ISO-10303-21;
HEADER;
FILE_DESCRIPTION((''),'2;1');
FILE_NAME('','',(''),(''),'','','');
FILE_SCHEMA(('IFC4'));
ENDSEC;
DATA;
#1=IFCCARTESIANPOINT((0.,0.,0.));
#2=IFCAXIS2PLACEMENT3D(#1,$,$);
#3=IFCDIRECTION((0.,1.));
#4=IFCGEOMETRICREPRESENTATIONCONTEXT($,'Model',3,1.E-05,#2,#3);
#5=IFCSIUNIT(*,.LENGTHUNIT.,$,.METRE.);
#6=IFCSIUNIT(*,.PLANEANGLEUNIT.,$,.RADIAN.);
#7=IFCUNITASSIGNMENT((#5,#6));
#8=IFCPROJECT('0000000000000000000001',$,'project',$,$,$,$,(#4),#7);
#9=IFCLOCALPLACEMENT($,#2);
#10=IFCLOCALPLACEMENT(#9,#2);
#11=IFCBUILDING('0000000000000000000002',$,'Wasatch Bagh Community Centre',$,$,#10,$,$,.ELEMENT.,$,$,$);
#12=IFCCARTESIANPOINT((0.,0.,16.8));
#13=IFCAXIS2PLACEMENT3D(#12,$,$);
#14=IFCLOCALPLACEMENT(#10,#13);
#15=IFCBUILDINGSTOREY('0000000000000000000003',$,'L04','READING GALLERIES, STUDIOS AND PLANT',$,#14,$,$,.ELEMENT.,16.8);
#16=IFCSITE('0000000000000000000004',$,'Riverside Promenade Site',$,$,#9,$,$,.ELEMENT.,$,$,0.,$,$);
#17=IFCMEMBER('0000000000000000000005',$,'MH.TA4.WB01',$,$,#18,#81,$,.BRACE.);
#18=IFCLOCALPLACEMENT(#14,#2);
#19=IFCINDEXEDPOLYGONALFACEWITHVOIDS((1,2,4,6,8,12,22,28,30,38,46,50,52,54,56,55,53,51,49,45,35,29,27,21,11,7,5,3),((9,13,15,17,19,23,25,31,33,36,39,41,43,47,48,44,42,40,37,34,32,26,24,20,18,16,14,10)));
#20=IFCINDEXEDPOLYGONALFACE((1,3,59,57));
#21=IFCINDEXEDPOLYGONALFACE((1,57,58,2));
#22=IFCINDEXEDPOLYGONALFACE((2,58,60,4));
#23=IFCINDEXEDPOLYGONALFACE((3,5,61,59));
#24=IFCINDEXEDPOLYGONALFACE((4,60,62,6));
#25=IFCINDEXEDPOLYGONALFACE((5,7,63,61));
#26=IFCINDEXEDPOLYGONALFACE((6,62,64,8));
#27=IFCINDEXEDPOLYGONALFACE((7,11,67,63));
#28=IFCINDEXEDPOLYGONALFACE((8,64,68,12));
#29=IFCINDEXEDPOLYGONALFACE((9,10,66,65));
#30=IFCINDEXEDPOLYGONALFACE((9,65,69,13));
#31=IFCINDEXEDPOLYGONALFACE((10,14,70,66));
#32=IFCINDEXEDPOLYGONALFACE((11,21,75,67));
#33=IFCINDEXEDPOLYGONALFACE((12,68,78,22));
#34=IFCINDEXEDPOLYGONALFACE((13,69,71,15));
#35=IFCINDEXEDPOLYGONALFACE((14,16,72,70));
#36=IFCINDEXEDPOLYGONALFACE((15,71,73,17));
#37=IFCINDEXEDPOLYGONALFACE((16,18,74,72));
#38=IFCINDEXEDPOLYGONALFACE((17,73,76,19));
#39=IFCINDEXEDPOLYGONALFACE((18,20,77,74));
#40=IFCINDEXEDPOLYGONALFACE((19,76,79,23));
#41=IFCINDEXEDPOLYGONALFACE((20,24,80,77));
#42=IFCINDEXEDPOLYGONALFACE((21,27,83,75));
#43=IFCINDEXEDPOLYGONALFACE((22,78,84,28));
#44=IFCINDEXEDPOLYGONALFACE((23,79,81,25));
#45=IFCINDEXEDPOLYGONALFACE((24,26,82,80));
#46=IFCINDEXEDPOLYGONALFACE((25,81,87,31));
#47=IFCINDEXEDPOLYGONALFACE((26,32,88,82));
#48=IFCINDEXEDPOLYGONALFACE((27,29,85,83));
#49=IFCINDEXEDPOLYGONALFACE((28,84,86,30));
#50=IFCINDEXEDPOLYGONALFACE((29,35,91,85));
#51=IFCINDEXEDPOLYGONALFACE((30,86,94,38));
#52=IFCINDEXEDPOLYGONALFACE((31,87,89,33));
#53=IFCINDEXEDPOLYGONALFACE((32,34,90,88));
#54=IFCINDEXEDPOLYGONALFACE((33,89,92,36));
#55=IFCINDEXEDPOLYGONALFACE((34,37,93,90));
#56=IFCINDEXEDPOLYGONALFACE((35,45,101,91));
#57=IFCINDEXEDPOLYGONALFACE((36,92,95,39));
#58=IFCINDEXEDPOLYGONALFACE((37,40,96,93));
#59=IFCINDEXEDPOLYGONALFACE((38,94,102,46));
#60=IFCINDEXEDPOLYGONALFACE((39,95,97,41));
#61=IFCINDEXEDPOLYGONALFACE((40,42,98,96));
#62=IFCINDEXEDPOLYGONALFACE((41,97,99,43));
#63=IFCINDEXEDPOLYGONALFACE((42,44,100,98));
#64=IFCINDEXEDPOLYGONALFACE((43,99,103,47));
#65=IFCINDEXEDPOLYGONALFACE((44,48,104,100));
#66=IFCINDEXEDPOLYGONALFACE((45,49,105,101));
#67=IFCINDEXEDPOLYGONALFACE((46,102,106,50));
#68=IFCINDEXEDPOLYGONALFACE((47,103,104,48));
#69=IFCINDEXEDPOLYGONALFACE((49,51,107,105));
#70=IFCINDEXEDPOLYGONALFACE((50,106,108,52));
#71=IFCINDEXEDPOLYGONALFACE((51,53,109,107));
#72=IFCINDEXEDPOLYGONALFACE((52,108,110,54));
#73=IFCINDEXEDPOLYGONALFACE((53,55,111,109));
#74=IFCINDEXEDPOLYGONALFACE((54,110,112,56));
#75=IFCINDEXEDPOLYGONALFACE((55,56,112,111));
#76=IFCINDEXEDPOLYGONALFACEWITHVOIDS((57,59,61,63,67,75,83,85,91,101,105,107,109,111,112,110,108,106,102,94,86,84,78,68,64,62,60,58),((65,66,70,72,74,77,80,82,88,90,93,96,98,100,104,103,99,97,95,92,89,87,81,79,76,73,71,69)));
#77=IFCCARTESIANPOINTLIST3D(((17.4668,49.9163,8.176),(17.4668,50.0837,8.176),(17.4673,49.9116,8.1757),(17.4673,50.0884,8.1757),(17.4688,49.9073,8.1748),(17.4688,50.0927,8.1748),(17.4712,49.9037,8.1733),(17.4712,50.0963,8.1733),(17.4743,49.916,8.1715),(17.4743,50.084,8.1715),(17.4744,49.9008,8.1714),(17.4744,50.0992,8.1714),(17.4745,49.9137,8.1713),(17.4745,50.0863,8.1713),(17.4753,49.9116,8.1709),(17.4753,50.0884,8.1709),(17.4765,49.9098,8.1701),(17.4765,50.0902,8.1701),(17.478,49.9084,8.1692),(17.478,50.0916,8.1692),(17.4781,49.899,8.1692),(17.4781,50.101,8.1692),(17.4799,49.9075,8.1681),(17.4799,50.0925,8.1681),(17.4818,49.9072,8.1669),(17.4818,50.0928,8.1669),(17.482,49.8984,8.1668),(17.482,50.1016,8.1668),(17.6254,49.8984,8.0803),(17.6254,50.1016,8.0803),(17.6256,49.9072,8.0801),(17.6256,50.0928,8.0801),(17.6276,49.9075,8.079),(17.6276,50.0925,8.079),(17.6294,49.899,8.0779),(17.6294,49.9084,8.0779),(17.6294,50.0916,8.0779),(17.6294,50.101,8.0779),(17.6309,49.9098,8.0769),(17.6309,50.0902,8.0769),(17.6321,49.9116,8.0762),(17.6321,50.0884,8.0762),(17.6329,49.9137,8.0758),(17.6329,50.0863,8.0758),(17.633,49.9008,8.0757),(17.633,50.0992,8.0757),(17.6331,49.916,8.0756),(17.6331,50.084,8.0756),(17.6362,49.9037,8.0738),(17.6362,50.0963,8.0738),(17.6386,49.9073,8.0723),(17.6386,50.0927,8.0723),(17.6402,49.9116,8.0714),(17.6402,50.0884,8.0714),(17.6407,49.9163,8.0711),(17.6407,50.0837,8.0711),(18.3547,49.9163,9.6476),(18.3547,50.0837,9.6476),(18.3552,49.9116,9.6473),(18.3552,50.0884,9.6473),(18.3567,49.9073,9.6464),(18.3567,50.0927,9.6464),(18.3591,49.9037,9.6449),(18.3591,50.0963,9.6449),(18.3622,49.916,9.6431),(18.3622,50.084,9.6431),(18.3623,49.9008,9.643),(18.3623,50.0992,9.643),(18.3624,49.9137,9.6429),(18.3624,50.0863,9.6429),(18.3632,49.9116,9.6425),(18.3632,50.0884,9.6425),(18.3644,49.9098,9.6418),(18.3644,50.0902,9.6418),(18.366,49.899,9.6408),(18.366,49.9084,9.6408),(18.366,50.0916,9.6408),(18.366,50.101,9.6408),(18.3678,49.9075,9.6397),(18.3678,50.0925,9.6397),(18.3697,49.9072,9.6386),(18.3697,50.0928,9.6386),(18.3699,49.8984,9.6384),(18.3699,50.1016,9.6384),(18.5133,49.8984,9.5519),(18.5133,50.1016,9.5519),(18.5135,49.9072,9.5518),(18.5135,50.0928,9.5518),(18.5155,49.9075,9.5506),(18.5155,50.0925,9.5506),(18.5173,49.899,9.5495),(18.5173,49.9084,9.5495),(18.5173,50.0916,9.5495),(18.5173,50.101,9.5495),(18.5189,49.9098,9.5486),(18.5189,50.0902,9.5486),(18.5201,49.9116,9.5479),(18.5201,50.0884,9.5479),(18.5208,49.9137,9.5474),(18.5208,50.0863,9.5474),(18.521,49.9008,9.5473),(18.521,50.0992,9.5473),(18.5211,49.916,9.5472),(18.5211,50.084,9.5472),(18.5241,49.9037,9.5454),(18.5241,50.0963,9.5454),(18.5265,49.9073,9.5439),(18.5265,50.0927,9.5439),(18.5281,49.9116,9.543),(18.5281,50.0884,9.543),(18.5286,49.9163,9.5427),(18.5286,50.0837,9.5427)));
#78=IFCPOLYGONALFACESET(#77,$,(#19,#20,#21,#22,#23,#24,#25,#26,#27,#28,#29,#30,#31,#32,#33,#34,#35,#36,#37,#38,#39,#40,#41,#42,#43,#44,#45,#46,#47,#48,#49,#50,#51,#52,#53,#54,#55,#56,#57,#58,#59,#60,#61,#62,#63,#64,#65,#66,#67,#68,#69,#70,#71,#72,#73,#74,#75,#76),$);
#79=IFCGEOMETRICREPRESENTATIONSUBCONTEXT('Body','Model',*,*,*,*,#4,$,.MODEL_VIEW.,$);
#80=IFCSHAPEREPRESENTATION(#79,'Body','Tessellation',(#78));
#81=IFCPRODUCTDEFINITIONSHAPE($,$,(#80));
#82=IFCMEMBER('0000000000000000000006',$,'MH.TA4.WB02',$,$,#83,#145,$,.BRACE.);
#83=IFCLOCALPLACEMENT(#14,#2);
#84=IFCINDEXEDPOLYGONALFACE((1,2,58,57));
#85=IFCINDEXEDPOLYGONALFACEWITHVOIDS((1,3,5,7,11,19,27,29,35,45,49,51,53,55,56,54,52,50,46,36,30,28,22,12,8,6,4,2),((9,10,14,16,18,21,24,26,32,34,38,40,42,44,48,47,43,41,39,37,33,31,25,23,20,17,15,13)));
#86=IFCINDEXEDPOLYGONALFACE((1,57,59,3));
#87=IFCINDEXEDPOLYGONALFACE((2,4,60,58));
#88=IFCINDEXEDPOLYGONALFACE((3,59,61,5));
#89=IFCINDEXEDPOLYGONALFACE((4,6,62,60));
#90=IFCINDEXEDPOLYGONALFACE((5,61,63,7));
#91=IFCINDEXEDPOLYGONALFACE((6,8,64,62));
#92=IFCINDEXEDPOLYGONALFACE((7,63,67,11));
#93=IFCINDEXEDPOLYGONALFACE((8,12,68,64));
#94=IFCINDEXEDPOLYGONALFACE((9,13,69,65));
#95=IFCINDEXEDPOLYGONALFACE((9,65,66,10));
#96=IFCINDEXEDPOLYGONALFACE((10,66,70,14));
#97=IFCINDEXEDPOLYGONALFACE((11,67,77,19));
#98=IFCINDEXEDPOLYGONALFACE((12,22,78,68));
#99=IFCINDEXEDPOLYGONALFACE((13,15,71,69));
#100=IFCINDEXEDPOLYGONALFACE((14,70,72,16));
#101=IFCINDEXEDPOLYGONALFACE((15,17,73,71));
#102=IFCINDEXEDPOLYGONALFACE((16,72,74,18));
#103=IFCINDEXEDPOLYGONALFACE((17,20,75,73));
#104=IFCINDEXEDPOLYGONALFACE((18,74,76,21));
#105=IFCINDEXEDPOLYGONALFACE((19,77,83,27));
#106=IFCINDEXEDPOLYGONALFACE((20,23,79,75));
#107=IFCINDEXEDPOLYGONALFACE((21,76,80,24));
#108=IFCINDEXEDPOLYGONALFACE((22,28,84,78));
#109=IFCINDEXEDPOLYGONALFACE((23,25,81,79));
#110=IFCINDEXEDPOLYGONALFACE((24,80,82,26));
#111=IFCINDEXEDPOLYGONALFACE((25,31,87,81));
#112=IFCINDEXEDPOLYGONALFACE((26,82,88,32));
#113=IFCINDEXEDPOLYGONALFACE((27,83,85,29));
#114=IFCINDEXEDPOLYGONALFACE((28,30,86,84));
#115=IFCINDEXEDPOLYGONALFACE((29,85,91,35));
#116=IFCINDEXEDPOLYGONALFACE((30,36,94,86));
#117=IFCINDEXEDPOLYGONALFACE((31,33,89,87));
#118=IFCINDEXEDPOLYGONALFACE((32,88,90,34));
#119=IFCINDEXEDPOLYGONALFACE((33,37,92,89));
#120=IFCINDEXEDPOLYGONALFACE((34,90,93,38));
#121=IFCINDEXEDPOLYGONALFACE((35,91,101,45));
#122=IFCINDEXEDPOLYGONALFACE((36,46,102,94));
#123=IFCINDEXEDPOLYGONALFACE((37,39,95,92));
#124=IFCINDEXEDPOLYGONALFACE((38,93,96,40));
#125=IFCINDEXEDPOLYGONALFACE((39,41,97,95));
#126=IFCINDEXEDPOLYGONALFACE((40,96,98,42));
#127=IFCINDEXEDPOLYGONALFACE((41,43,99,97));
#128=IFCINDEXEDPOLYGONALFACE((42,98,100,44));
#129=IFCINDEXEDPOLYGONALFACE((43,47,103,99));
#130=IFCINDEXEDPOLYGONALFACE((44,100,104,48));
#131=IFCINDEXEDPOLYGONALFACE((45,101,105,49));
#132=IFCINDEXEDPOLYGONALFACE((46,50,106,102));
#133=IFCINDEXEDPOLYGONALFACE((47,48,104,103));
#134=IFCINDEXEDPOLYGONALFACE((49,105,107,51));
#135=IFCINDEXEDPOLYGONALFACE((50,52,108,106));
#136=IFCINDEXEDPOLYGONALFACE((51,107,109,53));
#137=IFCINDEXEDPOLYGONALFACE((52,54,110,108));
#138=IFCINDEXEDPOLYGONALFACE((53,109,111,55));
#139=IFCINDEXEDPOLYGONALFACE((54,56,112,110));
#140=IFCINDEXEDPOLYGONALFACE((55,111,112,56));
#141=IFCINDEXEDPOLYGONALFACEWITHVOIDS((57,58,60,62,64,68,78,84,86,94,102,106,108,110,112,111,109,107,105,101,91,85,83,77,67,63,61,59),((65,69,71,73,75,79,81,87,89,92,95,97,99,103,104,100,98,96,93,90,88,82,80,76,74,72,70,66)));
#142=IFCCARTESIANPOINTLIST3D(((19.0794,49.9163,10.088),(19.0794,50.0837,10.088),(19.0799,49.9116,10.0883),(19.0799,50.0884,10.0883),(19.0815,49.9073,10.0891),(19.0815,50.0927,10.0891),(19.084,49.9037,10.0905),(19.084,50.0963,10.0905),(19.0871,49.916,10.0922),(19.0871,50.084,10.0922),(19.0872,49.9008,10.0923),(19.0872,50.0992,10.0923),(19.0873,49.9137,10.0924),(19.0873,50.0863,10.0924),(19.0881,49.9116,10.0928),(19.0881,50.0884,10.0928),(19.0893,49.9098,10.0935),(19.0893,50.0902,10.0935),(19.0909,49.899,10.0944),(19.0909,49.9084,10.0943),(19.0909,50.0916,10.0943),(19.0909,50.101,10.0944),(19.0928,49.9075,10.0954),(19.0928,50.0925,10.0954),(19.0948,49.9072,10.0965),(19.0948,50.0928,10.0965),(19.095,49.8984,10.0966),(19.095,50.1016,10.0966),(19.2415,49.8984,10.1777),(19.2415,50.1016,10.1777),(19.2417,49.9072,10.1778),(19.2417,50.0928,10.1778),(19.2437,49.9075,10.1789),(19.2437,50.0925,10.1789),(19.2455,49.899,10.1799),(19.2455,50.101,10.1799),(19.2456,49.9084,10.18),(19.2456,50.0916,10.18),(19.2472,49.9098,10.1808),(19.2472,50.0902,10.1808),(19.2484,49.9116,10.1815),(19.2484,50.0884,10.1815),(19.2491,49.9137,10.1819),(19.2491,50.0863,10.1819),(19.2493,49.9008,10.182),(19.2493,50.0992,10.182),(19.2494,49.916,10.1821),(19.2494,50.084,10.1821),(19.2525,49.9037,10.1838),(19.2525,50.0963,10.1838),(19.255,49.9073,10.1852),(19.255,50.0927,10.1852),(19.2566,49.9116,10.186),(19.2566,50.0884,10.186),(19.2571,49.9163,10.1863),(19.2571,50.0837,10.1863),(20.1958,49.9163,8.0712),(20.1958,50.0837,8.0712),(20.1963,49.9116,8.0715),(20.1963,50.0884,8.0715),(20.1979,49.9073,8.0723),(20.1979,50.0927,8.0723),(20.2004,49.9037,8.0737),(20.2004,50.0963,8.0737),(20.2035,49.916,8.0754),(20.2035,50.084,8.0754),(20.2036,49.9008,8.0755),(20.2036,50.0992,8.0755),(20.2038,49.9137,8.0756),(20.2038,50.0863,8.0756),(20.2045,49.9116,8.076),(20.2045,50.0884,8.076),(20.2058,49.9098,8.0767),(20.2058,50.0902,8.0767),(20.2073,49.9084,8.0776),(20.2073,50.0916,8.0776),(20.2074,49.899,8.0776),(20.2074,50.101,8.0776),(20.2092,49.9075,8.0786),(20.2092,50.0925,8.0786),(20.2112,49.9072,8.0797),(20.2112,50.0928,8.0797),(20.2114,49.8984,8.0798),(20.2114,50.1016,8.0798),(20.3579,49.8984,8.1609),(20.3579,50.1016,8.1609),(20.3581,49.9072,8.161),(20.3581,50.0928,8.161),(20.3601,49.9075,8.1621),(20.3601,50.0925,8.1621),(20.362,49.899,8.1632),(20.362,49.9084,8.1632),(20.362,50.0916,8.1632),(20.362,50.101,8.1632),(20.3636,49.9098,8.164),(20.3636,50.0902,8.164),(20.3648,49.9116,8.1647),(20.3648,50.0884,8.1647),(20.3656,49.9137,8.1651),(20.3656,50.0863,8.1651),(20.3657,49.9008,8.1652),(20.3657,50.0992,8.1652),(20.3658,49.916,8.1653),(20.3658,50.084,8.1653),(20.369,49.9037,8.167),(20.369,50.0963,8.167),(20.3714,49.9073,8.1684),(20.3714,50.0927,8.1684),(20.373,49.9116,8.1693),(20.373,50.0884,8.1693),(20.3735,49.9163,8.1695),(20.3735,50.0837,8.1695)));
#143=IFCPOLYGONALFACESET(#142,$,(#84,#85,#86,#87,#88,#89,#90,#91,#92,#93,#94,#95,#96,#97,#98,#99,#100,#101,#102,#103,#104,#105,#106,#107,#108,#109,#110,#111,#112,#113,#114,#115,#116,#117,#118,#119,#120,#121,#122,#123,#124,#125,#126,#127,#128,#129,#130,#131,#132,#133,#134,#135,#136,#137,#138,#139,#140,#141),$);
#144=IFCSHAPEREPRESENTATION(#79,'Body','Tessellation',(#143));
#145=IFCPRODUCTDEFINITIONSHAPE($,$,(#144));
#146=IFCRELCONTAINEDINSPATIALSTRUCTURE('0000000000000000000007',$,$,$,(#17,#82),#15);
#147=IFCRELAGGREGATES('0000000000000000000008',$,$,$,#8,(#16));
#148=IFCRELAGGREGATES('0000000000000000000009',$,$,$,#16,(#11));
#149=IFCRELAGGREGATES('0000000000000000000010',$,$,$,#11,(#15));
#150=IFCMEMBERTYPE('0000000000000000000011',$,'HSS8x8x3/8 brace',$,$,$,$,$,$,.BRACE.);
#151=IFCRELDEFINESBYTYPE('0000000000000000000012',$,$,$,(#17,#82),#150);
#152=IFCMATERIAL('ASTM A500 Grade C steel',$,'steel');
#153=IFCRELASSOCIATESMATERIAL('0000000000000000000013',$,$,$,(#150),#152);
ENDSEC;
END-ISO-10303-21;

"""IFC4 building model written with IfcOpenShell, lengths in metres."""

from ifc_helpers import new_model, si_unit, direction, frame, origin, origin_2d, place, context, subcontext, project, spatial, hollow_rectangle, extrude, material, material_profile, profile_set, type_object, element, save


model = new_model("IFC4")

# Units and contexts
model_context = context("Model", 3, precision=1e-05, world=origin(), true_north=direction((0.0, 1.0)))
body_context = subcontext(model_context, "Body", "Model", "MODEL_VIEW")
ifc_project = project(units=[si_unit("LENGTHUNIT", "METRE"), si_unit("PLANEANGLEUNIT", "RADIAN")], contexts=[model_context])

# Site, building, storey
site_placement = place(None, origin())
site = spatial("IfcSite", under=ifc_project, at=site_placement, Name="Riverside Promenade Site", CompositionType="ELEMENT", RefElevation=0.0)
building_placement = place(site_placement, origin())
building = spatial("IfcBuilding", under=site, at=building_placement, Name="Wasatch Bagh Community Centre", CompositionType="ELEMENT")
storey_placement = place(building_placement, frame((0.0, 0.0, 16.8)))
storey = spatial("IfcBuildingStorey", under=building, at=storey_placement, Name="L04", Description="READING GALLERIES, STUDIOS AND PLANT", CompositionType="ELEMENT", Elevation=16.8)

# Members
ifc_material_1 = material(Name="ASTM A500 Grade C steel", Category="steel")
ifc_material_profile_1 = material_profile(ifc_material_1, hollow_rectangle(XDim=0.2031, YDim=0.2031, WallThickness=0.0088, InnerFilletRadius=0.0088, OuterFilletRadius=0.0178, at=origin_2d()), Name="HSS8x8x3/8")
ifc_profile_set_1 = profile_set([ifc_material_profile_1], Name="ASTM A500 Grade C steel")
member_type_1 = type_object("IfcMemberType", Name="HSS8x8x3/8 brace", PredefinedType="BRACE", material=ifc_profile_set_1)
member_1_placement = place(storey_placement, frame((17.5537, 50.0, 8.1235), z_axis=(0.516604, 0.0, 0.856224), x_axis=(0.0, 1.0, 0.0)))
element("IfcMember", 1, at=member_1_placement, inside=storey, type_object=member_type_1, Name="MH.TA4.WB01", PredefinedType="BRACE", context=body_context, shape_type="SweptSolid", body=[
    extrude(hollow_rectangle(XDim=0.2031, YDim=0.2031, WallThickness=0.0088, InnerFilletRadius=0.0088, OuterFilletRadius=0.0178, at=origin_2d()), origin(), (0.0, 0.0, 1.0), 1.7188),
])
member_2_placement = place(storey_placement, frame((20.2847, 50.0, 8.1204), z_axis=(-0.484312, 0.0, 0.874896), x_axis=(0.0, -1.0, 0.0)))
element("IfcMember", 2, at=member_2_placement, inside=storey, type_object=member_type_1, Name="MH.TA4.WB02", PredefinedType="BRACE", context=body_context, shape_type="SweptSolid", body=[
    extrude(hollow_rectangle(XDim=0.2031, YDim=0.2031, WallThickness=0.0088, InnerFilletRadius=0.0088, OuterFilletRadius=0.0178, at=origin_2d()), origin(), (0.0, 0.0, 1.0), 2.3052),
])

save(model, "model.ifc")
